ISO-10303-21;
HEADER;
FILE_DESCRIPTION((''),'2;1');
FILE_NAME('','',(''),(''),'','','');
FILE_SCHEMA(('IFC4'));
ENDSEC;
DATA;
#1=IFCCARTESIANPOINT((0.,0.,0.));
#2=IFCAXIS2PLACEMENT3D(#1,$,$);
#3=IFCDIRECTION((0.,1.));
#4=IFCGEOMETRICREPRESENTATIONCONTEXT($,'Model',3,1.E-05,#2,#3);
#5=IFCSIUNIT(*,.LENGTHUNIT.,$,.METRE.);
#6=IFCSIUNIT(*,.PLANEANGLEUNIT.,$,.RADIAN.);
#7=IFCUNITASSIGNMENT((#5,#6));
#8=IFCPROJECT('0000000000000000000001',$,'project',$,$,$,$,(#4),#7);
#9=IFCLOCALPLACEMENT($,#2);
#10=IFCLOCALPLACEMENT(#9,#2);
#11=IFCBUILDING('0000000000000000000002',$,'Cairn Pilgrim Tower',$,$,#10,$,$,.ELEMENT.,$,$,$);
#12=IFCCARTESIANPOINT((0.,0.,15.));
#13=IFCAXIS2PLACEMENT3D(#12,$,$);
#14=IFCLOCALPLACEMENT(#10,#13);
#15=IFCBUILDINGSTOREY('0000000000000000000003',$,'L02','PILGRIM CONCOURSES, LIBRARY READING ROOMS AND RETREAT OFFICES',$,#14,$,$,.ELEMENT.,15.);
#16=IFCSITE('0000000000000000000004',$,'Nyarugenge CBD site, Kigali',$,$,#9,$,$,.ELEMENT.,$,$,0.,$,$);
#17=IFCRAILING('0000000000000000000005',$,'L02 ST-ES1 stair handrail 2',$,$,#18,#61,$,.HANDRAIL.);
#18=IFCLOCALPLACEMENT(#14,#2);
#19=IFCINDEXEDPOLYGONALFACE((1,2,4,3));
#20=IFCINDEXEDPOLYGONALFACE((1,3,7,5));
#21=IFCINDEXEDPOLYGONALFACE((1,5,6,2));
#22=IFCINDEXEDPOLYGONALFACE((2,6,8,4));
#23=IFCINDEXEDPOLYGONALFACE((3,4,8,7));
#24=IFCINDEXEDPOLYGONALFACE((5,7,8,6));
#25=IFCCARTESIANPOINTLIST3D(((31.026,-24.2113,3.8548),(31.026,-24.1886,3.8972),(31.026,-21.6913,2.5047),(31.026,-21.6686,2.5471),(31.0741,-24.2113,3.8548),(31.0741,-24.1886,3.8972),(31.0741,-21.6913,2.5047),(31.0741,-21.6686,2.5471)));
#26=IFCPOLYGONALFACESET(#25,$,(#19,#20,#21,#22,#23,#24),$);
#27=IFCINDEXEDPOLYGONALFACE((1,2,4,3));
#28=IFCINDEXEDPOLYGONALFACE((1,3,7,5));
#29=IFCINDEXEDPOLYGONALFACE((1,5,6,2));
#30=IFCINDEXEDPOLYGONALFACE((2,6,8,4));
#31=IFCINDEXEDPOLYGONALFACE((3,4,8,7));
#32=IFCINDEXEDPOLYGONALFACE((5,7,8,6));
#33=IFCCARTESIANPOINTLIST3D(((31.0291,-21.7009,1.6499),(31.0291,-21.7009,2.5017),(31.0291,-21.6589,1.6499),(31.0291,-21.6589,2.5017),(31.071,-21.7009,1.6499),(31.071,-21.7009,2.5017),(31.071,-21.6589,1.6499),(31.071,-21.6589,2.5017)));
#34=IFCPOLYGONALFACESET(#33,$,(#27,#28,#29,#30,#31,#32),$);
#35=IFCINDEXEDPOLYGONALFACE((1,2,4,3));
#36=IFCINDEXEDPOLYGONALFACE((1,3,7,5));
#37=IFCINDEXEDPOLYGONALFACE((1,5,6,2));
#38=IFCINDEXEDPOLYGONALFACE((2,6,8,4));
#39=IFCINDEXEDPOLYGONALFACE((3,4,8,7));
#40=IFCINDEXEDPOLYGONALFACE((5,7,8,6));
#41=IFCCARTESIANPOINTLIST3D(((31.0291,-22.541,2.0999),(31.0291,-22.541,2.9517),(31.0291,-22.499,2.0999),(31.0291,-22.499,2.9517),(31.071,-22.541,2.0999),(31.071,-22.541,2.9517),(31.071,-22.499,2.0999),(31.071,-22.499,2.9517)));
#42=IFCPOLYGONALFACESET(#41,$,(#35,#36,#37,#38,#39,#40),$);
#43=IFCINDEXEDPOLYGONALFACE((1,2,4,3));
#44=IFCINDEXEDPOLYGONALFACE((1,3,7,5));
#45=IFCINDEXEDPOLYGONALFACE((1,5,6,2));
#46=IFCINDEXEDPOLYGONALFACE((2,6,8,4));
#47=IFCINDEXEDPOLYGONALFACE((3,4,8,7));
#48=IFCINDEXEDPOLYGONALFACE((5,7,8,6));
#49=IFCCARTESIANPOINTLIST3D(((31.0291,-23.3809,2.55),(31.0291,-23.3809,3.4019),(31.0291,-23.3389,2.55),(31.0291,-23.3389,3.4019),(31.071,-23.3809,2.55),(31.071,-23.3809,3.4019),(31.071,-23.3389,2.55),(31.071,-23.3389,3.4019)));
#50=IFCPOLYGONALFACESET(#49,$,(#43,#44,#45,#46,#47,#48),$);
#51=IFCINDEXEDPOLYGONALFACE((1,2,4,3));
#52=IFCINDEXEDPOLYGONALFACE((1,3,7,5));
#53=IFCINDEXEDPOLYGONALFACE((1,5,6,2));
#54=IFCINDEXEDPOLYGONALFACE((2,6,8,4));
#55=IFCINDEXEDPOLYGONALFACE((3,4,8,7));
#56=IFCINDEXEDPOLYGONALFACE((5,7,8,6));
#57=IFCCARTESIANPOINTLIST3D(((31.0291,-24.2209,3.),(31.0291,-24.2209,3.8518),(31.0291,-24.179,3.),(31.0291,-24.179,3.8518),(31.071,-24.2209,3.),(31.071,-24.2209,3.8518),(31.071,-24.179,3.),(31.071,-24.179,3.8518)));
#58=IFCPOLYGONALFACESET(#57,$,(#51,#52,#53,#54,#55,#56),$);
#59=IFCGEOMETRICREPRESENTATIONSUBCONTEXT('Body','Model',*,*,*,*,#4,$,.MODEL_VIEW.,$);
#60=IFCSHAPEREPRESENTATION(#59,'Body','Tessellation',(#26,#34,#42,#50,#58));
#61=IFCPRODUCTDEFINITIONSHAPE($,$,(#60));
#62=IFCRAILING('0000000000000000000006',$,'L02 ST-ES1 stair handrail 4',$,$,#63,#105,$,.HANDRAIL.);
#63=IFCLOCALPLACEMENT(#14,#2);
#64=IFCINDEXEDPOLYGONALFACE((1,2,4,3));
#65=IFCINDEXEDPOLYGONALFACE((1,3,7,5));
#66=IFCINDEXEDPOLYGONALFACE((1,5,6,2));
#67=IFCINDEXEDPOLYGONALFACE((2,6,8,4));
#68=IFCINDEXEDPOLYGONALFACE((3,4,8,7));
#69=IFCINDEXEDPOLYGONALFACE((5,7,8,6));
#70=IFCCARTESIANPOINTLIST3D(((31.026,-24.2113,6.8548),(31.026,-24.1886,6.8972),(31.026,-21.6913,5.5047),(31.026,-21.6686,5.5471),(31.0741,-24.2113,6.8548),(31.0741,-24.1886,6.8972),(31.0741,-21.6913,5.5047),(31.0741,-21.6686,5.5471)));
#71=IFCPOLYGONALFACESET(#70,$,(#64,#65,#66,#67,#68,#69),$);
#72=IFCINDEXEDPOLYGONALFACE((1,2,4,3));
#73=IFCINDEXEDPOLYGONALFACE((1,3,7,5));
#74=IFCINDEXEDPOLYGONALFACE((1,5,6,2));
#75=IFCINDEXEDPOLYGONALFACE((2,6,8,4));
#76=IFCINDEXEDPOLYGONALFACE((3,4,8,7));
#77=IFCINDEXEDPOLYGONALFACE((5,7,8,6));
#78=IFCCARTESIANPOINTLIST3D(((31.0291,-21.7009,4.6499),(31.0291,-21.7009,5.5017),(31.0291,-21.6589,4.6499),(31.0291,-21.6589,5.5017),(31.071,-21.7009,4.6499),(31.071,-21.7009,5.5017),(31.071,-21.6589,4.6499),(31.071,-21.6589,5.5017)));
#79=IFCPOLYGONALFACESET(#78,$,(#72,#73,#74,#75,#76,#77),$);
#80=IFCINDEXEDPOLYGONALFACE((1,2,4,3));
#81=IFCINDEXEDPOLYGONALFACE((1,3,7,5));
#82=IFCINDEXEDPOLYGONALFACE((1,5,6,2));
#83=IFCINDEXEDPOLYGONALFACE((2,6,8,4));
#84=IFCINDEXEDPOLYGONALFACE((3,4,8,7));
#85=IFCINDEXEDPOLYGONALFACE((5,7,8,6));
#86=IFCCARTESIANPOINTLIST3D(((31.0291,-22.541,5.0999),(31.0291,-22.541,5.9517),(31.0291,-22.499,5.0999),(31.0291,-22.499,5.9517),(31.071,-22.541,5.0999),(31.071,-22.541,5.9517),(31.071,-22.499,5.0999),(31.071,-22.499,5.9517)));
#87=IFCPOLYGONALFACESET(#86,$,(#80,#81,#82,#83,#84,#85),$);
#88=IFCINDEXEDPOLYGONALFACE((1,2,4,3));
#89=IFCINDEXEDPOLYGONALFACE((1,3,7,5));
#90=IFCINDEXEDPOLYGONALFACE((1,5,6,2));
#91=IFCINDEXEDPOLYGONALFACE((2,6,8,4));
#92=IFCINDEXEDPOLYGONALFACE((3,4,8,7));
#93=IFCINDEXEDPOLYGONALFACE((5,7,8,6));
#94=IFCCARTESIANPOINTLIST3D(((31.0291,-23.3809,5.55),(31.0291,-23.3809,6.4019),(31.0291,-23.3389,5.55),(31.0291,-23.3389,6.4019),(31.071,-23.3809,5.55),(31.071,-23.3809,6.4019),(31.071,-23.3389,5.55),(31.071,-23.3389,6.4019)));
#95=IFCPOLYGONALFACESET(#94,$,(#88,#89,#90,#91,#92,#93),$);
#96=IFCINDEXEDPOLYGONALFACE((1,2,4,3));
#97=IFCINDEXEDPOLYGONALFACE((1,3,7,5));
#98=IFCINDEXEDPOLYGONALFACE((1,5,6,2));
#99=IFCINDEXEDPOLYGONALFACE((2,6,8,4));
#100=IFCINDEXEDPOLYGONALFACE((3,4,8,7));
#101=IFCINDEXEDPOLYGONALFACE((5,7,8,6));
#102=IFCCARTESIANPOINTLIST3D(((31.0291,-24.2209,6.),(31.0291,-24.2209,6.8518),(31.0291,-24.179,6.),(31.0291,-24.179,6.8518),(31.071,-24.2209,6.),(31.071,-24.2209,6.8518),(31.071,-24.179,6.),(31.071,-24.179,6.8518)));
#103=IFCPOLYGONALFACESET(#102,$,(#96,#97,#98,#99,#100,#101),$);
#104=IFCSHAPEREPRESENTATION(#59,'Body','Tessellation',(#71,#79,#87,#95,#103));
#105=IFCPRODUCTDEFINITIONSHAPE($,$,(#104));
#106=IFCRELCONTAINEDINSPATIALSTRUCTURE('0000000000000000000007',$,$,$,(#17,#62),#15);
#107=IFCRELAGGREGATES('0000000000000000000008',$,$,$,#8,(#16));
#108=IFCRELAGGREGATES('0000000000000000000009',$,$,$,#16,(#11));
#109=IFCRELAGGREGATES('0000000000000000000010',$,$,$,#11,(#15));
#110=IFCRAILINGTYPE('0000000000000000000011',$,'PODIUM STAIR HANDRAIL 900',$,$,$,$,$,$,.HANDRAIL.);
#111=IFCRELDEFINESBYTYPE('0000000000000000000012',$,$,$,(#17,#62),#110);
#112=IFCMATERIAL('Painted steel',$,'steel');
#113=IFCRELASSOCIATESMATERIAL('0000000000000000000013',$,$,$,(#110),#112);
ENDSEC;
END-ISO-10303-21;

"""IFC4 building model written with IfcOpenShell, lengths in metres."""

from ifc_helpers import new_model, si_unit, direction, frame, origin, origin_2d, place, context, subcontext, project, spatial, rectangle, extrude, material, type_object, element, save


model = new_model("IFC4")

# Units and contexts
model_context = context("Model", 3, precision=1e-05, world=origin(), true_north=direction((0.0, 1.0)))
body_context = subcontext(model_context, "Body", "Model", "MODEL_VIEW")
ifc_project = project(units=[si_unit("LENGTHUNIT", "METRE"), si_unit("PLANEANGLEUNIT", "RADIAN")], contexts=[model_context])

# Site, building, storey
site_placement = place(None, origin())
site = spatial("IfcSite", under=ifc_project, at=site_placement, Name="Nyarugenge CBD site, Kigali", CompositionType="ELEMENT", RefElevation=0.0)
building_placement = place(site_placement, origin())
building = spatial("IfcBuilding", under=site, at=building_placement, Name="Cairn Pilgrim Tower", CompositionType="ELEMENT")
storey_placement = place(building_placement, frame((0.0, 0.0, 15.0)))
storey = spatial("IfcBuildingStorey", under=building, at=storey_placement, Name="L02", Description="PILGRIM CONCOURSES, LIBRARY READING ROOMS AND RETREAT OFFICES", CompositionType="ELEMENT", Elevation=15.0)

# Railings
ifc_material_1 = material(Name="Painted steel", Category="steel")
railing_type_1 = type_object("IfcRailingType", Name="PODIUM STAIR HANDRAIL 900", PredefinedType="HANDRAIL", material=ifc_material_1)
for number, where, name in (
    (1, (31.05, -21.6799, 1.6499), "L02 ST-ES1 stair handrail 2"),
    (2, (31.05, -21.6799, 4.6499), "L02 ST-ES1 stair handrail 4"),
):
    element("IfcRailing", number, at=place(storey_placement, frame(where)), inside=storey, type_object=railing_type_1, Name=name, PredefinedType="HANDRAIL", context=body_context, shape_type="SweptSolid", body=[
        extrude(rectangle(XDim=0.0481, YDim=0.0481, at=origin_2d()), frame((0.0, 0.0, 0.876), z_axis=(0.0, -0.881467, 0.472245), x_axis=(1.0, 0.0, 0.0)), (0.0, 0.0, 1.0), 2.8589),
        extrude(rectangle(XDim=0.042, YDim=0.042, at=origin_2d()), origin(), (0.0, 0.0, 1.0), 0.8518),
        extrude(rectangle(XDim=0.042, YDim=0.042, at=origin_2d()), frame((0.0, -0.8401, 0.45)), (0.0, 0.0, 1.0), 0.8518),
        extrude(rectangle(XDim=0.042, YDim=0.042, at=origin_2d()), frame((0.0, -1.6799, 0.9001)), (0.0, 0.0, 1.0), 0.8518),
        extrude(rectangle(XDim=0.042, YDim=0.042, at=origin_2d()), frame((0.0, -2.52, 1.3501)), (0.0, 0.0, 1.0), 0.8518),
    ])

save(model, "model.ifc")
